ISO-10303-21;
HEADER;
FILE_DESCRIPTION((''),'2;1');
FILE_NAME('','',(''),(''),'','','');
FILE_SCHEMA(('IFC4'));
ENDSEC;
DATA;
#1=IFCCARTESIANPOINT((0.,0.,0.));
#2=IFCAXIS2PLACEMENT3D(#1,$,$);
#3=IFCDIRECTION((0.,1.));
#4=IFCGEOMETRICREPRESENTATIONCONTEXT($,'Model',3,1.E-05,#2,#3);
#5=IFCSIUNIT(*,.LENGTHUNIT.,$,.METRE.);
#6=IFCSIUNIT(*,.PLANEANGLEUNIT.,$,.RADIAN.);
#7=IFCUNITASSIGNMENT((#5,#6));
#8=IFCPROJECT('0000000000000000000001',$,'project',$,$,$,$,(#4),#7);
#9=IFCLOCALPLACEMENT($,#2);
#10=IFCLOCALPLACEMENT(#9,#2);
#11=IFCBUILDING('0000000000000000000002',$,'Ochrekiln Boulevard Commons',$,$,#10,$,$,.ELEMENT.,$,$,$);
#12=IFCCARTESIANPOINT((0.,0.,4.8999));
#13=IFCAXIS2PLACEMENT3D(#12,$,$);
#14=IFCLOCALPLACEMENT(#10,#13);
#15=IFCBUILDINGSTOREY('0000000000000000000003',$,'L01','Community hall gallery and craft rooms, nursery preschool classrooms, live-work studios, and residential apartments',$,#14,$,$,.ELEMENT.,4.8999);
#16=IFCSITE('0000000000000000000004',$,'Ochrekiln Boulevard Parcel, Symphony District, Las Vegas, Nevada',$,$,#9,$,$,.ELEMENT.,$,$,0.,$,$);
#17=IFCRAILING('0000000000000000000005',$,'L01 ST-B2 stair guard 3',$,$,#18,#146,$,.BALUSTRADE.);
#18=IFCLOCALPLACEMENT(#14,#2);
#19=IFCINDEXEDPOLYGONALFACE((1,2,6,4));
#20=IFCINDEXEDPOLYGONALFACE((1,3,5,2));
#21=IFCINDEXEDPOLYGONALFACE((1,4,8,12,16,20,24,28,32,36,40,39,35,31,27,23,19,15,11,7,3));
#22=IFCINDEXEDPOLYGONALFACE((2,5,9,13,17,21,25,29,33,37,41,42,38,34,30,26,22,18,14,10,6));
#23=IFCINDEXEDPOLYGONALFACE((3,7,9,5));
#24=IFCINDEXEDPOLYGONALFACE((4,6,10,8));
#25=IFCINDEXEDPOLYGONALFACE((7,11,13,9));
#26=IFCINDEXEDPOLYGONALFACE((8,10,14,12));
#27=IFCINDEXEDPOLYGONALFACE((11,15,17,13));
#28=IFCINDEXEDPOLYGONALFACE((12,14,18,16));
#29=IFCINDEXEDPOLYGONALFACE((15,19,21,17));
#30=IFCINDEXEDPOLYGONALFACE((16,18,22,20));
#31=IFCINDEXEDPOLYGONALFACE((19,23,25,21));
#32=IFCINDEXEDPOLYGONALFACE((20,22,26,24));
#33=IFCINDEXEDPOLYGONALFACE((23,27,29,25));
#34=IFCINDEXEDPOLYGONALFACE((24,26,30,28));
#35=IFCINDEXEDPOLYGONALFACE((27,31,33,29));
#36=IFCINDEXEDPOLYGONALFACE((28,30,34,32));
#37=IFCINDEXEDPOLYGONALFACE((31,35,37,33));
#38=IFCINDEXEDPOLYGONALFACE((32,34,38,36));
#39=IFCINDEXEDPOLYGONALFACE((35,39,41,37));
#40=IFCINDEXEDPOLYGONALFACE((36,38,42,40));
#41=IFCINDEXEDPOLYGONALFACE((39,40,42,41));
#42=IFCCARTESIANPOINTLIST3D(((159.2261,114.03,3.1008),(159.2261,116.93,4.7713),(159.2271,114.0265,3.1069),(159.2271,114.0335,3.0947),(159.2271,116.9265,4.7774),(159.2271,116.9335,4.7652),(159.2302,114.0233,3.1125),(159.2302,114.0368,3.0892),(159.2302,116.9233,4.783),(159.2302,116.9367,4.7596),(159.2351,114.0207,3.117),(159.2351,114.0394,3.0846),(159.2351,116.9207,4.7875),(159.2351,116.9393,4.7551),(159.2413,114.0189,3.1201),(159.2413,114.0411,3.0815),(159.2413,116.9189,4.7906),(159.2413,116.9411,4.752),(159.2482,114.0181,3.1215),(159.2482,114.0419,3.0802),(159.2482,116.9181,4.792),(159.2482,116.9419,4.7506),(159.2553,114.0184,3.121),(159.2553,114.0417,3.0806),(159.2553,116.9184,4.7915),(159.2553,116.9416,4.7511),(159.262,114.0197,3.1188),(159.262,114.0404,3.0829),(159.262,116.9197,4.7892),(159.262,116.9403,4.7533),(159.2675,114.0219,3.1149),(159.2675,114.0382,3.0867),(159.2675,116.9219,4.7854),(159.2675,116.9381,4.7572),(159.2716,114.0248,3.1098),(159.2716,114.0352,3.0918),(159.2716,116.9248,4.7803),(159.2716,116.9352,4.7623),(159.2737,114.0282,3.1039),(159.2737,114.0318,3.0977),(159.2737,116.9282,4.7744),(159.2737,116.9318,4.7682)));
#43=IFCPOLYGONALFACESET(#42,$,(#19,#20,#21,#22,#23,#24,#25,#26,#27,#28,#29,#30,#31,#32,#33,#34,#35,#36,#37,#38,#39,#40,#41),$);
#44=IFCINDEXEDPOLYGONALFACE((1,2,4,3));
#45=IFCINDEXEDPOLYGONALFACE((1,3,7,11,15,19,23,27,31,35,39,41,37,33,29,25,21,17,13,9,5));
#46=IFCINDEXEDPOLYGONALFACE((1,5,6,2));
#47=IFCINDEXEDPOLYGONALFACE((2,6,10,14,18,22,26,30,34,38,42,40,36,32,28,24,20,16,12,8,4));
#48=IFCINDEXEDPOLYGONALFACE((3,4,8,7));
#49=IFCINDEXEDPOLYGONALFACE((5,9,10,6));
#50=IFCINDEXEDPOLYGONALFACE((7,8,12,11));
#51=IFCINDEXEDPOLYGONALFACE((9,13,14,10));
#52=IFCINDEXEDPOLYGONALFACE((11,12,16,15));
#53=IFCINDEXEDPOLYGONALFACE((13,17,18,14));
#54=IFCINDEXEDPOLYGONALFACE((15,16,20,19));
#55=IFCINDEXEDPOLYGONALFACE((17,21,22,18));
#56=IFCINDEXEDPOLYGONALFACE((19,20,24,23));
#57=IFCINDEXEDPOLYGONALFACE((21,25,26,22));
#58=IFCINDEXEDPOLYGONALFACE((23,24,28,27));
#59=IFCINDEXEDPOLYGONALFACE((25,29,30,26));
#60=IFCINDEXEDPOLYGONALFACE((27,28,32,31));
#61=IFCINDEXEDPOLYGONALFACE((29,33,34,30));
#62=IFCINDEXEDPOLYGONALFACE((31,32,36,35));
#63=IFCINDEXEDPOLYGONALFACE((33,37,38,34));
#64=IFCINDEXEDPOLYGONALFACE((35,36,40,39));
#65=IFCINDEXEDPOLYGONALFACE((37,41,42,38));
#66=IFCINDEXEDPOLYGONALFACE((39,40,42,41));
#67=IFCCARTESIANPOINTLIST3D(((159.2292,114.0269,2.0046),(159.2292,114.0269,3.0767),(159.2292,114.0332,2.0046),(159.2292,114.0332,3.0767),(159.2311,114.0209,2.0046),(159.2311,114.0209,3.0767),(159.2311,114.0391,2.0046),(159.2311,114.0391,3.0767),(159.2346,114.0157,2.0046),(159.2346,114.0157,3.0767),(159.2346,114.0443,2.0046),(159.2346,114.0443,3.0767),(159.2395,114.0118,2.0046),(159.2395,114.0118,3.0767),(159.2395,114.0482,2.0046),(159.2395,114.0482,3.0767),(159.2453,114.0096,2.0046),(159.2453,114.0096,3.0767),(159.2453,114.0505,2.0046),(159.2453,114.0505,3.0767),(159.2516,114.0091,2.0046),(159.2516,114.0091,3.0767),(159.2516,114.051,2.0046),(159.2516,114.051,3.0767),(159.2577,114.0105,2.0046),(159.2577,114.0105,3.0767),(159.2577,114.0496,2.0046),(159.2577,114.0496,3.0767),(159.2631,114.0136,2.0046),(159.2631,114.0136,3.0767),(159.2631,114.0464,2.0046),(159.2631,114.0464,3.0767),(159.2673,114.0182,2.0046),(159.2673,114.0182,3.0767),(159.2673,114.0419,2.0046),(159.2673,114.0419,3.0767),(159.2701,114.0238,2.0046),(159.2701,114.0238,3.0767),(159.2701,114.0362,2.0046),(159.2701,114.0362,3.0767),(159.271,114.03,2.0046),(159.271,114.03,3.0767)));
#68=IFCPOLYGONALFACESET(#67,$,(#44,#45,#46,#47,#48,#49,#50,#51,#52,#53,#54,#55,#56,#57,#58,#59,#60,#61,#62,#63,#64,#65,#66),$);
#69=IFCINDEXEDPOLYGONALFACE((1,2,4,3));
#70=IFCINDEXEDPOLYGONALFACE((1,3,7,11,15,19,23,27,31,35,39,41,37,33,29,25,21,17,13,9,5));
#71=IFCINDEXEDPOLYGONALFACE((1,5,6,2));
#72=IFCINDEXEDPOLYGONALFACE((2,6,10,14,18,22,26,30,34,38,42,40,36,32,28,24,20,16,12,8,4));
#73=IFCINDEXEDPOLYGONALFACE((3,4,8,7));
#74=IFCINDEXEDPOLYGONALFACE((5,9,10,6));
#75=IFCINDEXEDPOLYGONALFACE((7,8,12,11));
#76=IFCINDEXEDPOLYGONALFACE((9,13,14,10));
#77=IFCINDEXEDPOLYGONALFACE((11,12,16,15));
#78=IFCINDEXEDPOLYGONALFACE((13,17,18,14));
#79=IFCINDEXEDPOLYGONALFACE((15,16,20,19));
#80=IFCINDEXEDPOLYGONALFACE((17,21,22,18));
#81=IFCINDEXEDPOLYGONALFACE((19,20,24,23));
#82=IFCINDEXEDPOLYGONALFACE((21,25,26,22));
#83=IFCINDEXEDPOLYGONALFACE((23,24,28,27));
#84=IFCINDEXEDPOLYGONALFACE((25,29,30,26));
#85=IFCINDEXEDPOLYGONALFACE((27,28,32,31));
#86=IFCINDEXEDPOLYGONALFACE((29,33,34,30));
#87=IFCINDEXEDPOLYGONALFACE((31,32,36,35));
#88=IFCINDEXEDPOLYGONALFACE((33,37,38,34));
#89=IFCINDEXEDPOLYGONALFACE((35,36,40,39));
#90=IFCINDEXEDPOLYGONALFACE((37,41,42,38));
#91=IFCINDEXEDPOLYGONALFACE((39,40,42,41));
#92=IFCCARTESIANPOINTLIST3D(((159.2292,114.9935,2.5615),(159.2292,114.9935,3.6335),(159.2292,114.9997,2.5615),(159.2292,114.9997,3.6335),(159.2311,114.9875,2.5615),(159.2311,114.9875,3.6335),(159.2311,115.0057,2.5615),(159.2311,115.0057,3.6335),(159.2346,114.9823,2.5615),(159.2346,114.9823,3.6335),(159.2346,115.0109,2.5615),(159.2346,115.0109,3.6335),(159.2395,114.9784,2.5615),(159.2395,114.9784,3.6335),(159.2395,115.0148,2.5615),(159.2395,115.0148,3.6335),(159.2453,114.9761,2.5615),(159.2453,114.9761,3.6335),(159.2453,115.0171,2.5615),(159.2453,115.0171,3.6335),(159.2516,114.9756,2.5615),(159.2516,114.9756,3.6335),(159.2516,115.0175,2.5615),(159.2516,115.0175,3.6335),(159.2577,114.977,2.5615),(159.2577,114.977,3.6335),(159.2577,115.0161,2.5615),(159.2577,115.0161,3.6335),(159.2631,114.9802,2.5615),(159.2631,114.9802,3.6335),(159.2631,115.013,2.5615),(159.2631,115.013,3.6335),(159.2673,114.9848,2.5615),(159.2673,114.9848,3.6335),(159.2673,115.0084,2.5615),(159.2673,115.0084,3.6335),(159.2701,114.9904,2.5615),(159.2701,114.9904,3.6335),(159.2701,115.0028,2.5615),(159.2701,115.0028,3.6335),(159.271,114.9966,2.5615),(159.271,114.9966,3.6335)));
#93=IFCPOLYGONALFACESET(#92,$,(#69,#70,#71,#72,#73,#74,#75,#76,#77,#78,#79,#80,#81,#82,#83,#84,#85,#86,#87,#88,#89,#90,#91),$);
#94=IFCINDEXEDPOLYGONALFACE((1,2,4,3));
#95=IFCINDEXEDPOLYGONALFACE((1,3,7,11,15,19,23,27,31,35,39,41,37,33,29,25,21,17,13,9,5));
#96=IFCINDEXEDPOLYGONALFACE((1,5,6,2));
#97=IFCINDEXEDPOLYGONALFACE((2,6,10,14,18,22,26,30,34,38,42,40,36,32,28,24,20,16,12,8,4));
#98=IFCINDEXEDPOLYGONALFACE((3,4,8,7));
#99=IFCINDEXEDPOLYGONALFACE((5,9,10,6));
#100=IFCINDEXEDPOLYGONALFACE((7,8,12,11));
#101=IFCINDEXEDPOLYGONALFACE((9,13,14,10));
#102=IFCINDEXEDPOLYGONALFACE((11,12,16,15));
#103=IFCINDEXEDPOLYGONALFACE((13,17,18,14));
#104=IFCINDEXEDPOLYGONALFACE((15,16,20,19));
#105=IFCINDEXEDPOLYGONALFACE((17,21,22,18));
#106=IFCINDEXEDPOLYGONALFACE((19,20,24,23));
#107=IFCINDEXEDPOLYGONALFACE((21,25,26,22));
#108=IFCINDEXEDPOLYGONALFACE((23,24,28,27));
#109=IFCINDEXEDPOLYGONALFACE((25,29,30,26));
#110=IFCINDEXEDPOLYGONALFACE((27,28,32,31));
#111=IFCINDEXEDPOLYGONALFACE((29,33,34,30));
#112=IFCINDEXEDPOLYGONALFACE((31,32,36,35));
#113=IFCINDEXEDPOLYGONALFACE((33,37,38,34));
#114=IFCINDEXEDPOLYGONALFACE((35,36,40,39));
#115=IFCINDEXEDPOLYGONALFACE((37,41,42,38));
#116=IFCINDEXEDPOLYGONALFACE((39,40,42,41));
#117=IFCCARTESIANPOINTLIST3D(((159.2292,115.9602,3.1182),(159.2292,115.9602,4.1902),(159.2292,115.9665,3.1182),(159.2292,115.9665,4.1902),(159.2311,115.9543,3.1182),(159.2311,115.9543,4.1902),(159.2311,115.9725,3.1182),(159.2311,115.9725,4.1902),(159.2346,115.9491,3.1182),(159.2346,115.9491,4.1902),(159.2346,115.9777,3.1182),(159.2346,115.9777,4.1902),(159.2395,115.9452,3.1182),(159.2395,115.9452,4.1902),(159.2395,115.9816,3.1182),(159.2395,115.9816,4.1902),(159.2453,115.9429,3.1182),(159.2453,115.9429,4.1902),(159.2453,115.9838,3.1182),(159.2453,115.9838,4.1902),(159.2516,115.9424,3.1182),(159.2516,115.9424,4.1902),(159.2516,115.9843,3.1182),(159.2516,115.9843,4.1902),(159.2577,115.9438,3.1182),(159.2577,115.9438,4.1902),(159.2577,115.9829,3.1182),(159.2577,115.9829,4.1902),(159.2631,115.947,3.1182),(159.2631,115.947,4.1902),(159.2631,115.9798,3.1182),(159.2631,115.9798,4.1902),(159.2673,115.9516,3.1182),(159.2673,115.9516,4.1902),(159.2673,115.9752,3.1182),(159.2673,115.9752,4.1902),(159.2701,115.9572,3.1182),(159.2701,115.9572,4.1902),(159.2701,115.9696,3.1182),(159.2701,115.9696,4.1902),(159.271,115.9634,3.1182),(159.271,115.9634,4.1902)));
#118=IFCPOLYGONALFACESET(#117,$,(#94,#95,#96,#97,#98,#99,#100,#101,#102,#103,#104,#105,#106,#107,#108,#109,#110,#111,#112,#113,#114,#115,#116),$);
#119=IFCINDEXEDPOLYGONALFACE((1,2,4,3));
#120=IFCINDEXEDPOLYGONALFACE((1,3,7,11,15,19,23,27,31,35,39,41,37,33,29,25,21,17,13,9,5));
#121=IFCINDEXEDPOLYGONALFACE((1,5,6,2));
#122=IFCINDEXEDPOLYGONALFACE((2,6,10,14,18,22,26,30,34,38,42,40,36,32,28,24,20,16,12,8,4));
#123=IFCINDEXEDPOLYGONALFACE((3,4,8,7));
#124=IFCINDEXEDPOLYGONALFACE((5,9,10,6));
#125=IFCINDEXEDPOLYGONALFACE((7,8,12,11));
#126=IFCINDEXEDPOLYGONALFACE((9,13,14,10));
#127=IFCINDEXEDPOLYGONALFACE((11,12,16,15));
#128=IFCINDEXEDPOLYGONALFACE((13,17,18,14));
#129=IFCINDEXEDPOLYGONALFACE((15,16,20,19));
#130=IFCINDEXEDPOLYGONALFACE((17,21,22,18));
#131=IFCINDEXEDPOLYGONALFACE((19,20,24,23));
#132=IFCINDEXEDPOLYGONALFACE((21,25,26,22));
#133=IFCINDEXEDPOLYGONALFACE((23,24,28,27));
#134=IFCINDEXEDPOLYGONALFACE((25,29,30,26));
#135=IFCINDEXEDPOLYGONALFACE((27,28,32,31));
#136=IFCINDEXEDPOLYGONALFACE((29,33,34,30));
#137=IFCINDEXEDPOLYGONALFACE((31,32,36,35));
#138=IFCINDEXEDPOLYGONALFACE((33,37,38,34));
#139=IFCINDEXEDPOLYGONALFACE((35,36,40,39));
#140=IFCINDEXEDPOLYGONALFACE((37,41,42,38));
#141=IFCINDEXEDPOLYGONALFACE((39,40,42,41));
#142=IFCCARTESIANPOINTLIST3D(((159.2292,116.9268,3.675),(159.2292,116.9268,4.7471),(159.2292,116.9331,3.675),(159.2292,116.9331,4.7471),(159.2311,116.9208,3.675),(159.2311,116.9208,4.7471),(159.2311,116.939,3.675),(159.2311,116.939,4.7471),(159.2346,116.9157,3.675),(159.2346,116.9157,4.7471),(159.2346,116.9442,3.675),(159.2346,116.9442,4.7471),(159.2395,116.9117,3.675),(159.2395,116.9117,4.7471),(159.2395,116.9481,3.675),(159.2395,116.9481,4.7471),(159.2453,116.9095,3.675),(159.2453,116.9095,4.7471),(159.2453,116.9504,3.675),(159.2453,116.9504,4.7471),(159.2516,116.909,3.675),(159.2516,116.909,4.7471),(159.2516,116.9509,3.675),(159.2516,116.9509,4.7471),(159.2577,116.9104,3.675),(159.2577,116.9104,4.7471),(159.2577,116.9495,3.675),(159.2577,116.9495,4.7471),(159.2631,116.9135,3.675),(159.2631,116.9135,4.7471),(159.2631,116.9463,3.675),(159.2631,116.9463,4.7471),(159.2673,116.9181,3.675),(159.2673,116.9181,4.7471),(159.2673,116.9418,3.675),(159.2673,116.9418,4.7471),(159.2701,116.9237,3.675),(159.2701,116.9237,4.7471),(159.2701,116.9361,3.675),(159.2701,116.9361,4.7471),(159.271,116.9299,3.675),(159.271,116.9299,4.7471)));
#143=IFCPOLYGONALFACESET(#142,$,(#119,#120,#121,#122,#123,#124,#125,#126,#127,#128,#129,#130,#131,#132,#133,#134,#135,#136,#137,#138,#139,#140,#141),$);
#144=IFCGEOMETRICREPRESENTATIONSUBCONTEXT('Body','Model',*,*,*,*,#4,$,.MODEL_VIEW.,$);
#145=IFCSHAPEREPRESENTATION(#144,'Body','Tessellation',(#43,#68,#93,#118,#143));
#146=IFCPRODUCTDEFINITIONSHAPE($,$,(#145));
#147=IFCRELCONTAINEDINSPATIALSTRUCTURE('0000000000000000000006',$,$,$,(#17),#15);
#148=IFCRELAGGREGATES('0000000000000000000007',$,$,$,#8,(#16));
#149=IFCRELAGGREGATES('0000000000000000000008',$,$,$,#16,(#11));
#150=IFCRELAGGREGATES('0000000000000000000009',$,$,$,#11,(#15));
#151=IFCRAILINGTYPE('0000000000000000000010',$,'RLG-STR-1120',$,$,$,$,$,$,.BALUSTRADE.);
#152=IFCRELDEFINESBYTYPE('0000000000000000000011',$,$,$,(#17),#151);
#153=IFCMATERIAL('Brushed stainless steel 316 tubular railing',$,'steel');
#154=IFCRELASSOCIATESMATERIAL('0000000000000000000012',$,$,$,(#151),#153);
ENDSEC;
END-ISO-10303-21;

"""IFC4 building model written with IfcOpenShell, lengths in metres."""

from ifc_helpers import new_model, si_unit, direction, frame, origin, origin_2d, place, context, subcontext, project, spatial, circle, extrude, material, type_object, element, save


model = new_model("IFC4")

# Units and contexts
model_context = context("Model", 3, precision=1e-05, world=origin(), true_north=direction((0.0, 1.0)))
body_context = subcontext(model_context, "Body", "Model", "MODEL_VIEW")
ifc_project = project(units=[si_unit("LENGTHUNIT", "METRE"), si_unit("PLANEANGLEUNIT", "RADIAN")], contexts=[model_context])

# Site, building, storey
site_placement = place(None, origin())
site = spatial("IfcSite", under=ifc_project, at=site_placement, Name="Ochrekiln Boulevard Parcel, Symphony District, Las Vegas, Nevada", CompositionType="ELEMENT", RefElevation=0.0)
building_placement = place(site_placement, origin())
building = spatial("IfcBuilding", under=site, at=building_placement, Name="Ochrekiln Boulevard Commons", CompositionType="ELEMENT")
storey_placement = place(building_placement, frame((0.0, 0.0, 4.8999)))
storey = spatial("IfcBuildingStorey", under=building, at=storey_placement, Name="L01", Description="Community hall gallery and craft rooms, nursery preschool classrooms, live-work studios, and residential apartments", CompositionType="ELEMENT", Elevation=4.8999)

# Railing
ifc_material_1 = material(Name="Brushed stainless steel 316 tubular railing", Category="steel")
railing_type_1 = type_object("IfcRailingType", Name="RLG-STR-1120", PredefinedType="BALUSTRADE", material=ifc_material_1)
railing_1_placement = place(storey_placement, frame((159.25, 114.03, 2.0046)))
element("IfcRailing", 1, at=railing_1_placement, inside=storey, type_object=railing_type_1, Name="L01 ST-B2 stair guard 3", PredefinedType="BALUSTRADE", context=body_context, shape_type="SweptSolid", body=[
    extrude(circle(Radius=0.0239, at=origin_2d()), frame((0.0, 0.0, 1.0962), z_axis=(0.0, 0.866523, 0.499137), x_axis=(-1.0, 0.0, 0.0)), (0.0, 0.0, 1.0), 3.3467),
    extrude(circle(Radius=0.021, at=origin_2d()), origin(), (0.0, 0.0, 1.0), 1.072),
    extrude(circle(Radius=0.021, at=origin_2d()), frame((0.0, 0.9666, 0.5569)), (0.0, 0.0, 1.0), 1.072),
    extrude(circle(Radius=0.021, at=origin_2d()), frame((0.0, 1.9333, 1.1135)), (0.0, 0.0, 1.0), 1.072),
    extrude(circle(Radius=0.021, at=origin_2d()), frame((0.0, 2.8999, 1.6704)), (0.0, 0.0, 1.0), 1.072),
])

save(model, "model.ifc")
